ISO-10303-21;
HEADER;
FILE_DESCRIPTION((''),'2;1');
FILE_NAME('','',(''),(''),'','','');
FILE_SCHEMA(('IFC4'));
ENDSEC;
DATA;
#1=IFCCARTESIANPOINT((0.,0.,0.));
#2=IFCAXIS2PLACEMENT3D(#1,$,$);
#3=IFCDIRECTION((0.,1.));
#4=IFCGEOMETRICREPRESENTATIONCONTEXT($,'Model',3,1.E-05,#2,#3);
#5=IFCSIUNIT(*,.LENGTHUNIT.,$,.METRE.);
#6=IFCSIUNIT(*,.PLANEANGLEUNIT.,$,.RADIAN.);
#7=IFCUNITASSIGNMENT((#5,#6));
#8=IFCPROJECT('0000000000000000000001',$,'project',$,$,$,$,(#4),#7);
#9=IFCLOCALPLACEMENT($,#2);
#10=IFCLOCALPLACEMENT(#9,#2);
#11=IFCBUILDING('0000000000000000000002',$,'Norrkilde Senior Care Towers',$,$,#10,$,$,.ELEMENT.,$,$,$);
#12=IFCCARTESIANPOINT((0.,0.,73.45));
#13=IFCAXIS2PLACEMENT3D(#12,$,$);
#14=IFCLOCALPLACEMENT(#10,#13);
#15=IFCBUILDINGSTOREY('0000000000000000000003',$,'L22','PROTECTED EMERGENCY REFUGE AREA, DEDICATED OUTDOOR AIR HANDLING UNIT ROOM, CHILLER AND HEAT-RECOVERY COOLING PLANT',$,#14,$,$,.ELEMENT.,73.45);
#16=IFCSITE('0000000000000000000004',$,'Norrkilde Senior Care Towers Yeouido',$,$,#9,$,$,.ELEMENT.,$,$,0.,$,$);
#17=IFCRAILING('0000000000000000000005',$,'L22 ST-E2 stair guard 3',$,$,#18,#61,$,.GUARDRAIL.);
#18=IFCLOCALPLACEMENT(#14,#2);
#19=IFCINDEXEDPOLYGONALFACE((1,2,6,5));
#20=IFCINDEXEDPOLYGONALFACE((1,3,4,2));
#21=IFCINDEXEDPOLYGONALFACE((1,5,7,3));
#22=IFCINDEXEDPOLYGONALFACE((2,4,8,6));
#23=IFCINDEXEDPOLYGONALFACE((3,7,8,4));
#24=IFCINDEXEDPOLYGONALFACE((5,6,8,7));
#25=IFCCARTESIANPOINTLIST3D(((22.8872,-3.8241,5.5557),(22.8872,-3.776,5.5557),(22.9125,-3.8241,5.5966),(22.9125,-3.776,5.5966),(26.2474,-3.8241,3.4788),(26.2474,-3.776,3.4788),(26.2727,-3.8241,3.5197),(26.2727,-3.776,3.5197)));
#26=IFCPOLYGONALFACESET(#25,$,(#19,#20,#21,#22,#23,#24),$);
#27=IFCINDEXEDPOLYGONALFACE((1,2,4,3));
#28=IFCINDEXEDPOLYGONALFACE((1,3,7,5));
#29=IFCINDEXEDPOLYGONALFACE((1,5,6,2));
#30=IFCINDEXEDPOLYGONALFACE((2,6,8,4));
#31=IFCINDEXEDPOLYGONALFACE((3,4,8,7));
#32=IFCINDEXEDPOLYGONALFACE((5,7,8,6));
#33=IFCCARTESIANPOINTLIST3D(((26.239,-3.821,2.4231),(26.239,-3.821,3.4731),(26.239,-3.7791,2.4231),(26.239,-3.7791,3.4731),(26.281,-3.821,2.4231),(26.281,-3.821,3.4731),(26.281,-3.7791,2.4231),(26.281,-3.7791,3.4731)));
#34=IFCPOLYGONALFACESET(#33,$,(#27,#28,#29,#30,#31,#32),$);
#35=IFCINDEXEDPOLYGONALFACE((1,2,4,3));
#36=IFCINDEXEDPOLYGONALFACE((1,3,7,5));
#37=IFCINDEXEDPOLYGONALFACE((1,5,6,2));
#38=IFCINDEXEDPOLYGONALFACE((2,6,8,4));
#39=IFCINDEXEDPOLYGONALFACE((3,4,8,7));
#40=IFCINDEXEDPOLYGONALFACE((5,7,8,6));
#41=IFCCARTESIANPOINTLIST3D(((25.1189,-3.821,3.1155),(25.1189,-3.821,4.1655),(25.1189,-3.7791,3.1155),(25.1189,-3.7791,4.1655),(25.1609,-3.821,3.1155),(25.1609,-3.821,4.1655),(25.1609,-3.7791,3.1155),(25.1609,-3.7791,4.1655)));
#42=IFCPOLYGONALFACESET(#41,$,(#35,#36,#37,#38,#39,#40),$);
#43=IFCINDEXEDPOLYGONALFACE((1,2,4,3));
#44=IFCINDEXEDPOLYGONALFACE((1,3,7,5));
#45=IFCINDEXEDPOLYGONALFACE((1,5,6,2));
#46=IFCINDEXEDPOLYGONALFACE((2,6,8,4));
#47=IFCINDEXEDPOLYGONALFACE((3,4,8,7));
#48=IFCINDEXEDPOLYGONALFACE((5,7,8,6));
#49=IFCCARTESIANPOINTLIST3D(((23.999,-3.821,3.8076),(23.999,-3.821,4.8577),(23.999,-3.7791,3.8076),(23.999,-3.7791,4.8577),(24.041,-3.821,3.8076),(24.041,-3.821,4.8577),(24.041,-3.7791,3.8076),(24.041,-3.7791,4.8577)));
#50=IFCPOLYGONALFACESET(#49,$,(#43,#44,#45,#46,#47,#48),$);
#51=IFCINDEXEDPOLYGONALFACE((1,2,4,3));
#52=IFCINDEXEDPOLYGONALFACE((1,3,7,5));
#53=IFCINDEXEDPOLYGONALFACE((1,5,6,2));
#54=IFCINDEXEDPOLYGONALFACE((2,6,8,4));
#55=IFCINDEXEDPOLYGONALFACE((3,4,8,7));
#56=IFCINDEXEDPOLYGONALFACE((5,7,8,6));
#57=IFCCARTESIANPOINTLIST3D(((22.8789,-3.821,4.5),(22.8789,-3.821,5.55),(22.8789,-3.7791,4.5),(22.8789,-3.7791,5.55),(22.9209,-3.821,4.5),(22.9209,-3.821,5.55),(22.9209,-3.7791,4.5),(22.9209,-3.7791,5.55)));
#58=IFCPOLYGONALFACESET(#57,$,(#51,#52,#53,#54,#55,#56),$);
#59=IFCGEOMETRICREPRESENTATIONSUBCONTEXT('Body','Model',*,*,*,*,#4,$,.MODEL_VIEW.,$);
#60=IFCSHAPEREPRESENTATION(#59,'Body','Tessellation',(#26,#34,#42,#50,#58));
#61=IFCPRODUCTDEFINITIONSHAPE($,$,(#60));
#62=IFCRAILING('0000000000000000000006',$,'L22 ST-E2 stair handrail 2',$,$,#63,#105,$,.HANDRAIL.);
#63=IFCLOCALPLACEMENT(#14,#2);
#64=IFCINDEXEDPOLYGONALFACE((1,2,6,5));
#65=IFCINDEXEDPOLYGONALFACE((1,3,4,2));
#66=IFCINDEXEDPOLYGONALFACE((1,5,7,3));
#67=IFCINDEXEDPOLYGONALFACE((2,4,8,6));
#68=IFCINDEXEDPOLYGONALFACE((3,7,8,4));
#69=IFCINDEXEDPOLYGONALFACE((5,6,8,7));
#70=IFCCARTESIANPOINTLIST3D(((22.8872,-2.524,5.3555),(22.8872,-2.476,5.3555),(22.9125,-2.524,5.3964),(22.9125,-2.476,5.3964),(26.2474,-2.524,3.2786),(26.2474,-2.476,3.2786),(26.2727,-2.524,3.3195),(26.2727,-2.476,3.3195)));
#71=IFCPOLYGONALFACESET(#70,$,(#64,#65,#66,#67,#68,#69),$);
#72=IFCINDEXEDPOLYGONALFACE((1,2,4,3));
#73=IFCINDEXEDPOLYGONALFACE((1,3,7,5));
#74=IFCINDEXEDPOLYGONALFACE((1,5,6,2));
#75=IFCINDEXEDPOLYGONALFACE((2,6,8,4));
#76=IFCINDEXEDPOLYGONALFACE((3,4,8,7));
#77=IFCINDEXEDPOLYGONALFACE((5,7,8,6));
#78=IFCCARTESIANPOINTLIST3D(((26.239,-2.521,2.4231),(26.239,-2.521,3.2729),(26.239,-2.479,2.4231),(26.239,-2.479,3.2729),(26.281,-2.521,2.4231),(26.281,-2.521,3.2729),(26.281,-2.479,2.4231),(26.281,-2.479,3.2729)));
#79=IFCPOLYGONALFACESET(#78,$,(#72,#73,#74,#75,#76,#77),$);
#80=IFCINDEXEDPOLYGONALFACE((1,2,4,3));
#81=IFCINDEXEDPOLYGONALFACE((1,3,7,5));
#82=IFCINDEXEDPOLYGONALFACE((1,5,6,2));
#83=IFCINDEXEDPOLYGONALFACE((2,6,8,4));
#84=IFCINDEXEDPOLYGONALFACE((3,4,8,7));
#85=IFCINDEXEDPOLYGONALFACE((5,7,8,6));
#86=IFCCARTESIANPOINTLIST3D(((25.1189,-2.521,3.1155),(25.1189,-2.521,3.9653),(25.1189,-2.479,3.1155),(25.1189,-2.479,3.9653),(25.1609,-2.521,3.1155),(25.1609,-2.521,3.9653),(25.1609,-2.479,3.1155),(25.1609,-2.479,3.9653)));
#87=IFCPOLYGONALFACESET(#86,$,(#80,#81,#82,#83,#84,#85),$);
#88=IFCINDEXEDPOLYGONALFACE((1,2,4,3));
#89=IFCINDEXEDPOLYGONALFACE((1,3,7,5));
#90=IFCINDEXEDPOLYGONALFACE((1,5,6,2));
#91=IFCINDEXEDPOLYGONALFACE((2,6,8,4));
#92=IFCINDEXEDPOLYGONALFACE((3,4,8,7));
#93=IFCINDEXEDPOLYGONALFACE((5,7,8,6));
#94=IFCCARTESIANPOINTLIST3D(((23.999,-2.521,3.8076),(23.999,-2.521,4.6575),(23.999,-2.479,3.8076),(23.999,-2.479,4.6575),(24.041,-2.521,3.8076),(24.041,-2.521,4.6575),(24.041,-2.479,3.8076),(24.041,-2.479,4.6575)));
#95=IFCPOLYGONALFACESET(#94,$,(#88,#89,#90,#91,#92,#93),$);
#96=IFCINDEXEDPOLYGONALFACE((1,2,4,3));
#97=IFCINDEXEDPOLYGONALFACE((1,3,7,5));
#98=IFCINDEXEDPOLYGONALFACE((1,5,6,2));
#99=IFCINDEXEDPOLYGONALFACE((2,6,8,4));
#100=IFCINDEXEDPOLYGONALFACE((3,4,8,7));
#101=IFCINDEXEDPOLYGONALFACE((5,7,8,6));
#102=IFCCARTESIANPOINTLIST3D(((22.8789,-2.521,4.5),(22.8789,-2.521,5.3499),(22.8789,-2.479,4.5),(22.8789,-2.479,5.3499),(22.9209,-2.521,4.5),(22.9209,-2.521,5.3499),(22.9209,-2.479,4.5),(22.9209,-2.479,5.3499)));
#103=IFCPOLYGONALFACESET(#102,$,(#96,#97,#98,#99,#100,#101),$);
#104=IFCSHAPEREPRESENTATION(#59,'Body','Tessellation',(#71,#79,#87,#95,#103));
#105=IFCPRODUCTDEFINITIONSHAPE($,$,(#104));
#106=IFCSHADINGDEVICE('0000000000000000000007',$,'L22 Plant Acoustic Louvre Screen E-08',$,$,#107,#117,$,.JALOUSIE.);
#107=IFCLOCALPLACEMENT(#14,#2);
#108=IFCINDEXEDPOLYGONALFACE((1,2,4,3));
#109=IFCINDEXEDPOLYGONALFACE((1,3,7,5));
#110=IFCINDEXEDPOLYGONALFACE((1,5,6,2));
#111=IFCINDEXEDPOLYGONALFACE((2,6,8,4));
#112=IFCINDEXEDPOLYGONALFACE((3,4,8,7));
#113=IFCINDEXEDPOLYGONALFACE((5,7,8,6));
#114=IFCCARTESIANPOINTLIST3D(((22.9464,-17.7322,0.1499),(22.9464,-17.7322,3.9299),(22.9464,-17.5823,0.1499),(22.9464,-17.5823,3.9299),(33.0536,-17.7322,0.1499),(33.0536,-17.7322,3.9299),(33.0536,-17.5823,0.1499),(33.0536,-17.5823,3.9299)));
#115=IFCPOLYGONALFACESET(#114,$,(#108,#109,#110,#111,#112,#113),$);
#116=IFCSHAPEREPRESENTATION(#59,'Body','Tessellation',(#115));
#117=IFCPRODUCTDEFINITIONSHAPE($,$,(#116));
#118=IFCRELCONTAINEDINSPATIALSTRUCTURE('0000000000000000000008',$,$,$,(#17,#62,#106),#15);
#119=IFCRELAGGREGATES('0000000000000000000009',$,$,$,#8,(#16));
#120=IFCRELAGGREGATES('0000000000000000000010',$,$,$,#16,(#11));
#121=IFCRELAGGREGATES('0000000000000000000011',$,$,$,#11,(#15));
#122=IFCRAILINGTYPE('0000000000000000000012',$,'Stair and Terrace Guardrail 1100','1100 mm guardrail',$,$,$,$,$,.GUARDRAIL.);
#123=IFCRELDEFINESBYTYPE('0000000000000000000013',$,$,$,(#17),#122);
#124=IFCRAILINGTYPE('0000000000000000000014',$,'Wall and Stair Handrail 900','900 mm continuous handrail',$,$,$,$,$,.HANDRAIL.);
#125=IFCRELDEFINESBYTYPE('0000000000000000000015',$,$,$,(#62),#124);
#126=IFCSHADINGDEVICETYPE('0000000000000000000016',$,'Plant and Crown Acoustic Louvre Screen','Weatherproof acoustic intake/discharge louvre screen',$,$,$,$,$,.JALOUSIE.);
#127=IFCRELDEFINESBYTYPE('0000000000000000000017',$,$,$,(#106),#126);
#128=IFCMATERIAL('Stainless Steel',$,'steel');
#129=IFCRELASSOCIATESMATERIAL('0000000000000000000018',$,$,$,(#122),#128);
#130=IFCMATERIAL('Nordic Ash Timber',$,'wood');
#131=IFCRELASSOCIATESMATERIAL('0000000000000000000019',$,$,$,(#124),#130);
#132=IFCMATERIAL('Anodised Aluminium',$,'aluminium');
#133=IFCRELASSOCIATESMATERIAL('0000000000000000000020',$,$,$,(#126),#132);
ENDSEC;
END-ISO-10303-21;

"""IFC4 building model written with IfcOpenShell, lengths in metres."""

from ifc_helpers import new_model, si_unit, direction, frame, origin, origin_2d, place, context, subcontext, project, spatial, rectangle, extrude, source, transform, mapped, material, type_object, type_shapes, element, save


model = new_model("IFC4")

# Units and contexts
model_context = context("Model", 3, precision=1e-05, world=origin(), true_north=direction((0.0, 1.0)))
body_context = subcontext(model_context, "Body", "Model", "MODEL_VIEW")
ifc_project = project(units=[si_unit("LENGTHUNIT", "METRE"), si_unit("PLANEANGLEUNIT", "RADIAN")], contexts=[model_context])

# Site, building, storey
site_placement = place(None, origin())
site = spatial("IfcSite", under=ifc_project, at=site_placement, Name="Norrkilde Senior Care Towers Yeouido", CompositionType="ELEMENT", RefElevation=0.0)
building_placement = place(site_placement, origin())
building = spatial("IfcBuilding", under=site, at=building_placement, Name="Norrkilde Senior Care Towers", CompositionType="ELEMENT")
storey_placement = place(building_placement, frame((0.0, 0.0, 73.45)))
storey = spatial("IfcBuildingStorey", under=building, at=storey_placement, Name="L22", Description="PROTECTED EMERGENCY REFUGE AREA, DEDICATED OUTDOOR AIR HANDLING UNIT ROOM, CHILLER AND HEAT-RECOVERY COOLING PLANT", CompositionType="ELEMENT", Elevation=73.45)

# Shared definitions
ifc_material_1 = material(Name="Anodised Aluminium", Category="aluminium")

# Railings
ifc_material_2 = material(Name="Stainless Steel", Category="steel")
railing_type_1 = type_object("IfcRailingType", Name="Stair and Terrace Guardrail 1100", Description="1100 mm guardrail", PredefinedType="GUARDRAIL", material=ifc_material_2)
railing_1_placement = place(storey_placement, frame((26.26, -3.8, 2.4231)))
element("IfcRailing", 1, at=railing_1_placement, inside=storey, type_object=railing_type_1, Name="L22 ST-E2 stair guard 3", PredefinedType="GUARDRAIL", context=body_context, shape_type="SweptSolid", body=[
    extrude(rectangle(XDim=0.0481, YDim=0.0481, at=origin_2d()), frame((0.0, 0.0, 1.0762), z_axis=(-0.850623, 0.0, 0.525776), x_axis=(0.0, -1.0, 0.0)), (0.0, 0.0, 1.0), 3.9502),
    extrude(rectangle(XDim=0.042, YDim=0.042, at=origin_2d()), origin(), (0.0, 0.0, 1.0), 1.05),
    extrude(rectangle(XDim=0.042, YDim=0.042, at=origin_2d()), frame((-1.1201, 0.0, 0.6924)), (0.0, 0.0, 1.0), 1.05),
    extrude(rectangle(XDim=0.042, YDim=0.042, at=origin_2d()), frame((-2.24, 0.0, 1.3845)), (0.0, 0.0, 1.0), 1.05),
    extrude(rectangle(XDim=0.042, YDim=0.042, at=origin_2d()), frame((-3.3601, 0.0, 2.0769)), (0.0, 0.0, 1.0), 1.05),
])
ifc_material_3 = material(Name="Nordic Ash Timber", Category="wood")
railing_type_2 = type_object("IfcRailingType", Name="Wall and Stair Handrail 900", Description="900 mm continuous handrail", PredefinedType="HANDRAIL", material=ifc_material_3)
railing_2_placement = place(storey_placement, frame((26.26, -2.5, 2.4231)))
element("IfcRailing", 2, at=railing_2_placement, inside=storey, type_object=railing_type_2, Name="L22 ST-E2 stair handrail 2", PredefinedType="HANDRAIL", context=body_context, shape_type="SweptSolid", body=[
    extrude(rectangle(XDim=0.0481, YDim=0.0481, at=origin_2d()), frame((0.0, 0.0, 0.876), z_axis=(-0.850623, 0.0, 0.525776), x_axis=(0.0, -1.0, 0.0)), (0.0, 0.0, 1.0), 3.9502),
    extrude(rectangle(XDim=0.042, YDim=0.042, at=origin_2d()), origin(), (0.0, 0.0, 1.0), 0.8499),
    extrude(rectangle(XDim=0.042, YDim=0.042, at=origin_2d()), frame((-1.1201, 0.0, 0.6924)), (0.0, 0.0, 1.0), 0.8499),
    extrude(rectangle(XDim=0.042, YDim=0.042, at=origin_2d()), frame((-2.24, 0.0, 1.3845)), (0.0, 0.0, 1.0), 0.8499),
    extrude(rectangle(XDim=0.042, YDim=0.042, at=origin_2d()), frame((-3.3601, 0.0, 2.0769)), (0.0, 0.0, 1.0), 0.8499),
])

# Shading device
shading_device_type = type_object("IfcShadingDeviceType", Name="Plant and Crown Acoustic Louvre Screen", Description="Weatherproof acoustic intake/discharge louvre screen", PredefinedType="JALOUSIE", material=ifc_material_1)
shared_shape_1 = source(origin(), body_context, "Body", "SweptSolid", [
    extrude(rectangle(XDim=10.1072, YDim=0.1499, at=origin_2d()), origin(), (0.0, 0.0, 1.0), 3.78),
])
type_shapes(shading_device_type, [shared_shape_1])
shading_device_placement = place(storey_placement, frame((28.0, -17.6572, 0.1499), z_axis=(0.0, 0.0, 1.0), x_axis=(-1.0, 0.0, 0.0)))
element("IfcShadingDevice", 3, at=shading_device_placement, inside=storey, type_object=shading_device_type, Name="L22 Plant Acoustic Louvre Screen E-08", PredefinedType="JALOUSIE", context=body_context, shape_type="MappedRepresentation", body=[
    mapped(shared_shape_1, transform((0.0, 0.0, 0.0), x_axis=(1.0, 0.0, 0.0), y_axis=(0.0, 1.0, 0.0), z_axis=(0.0, 0.0, 1.0), scale=1.0)),
])

save(model, "model.ifc")
